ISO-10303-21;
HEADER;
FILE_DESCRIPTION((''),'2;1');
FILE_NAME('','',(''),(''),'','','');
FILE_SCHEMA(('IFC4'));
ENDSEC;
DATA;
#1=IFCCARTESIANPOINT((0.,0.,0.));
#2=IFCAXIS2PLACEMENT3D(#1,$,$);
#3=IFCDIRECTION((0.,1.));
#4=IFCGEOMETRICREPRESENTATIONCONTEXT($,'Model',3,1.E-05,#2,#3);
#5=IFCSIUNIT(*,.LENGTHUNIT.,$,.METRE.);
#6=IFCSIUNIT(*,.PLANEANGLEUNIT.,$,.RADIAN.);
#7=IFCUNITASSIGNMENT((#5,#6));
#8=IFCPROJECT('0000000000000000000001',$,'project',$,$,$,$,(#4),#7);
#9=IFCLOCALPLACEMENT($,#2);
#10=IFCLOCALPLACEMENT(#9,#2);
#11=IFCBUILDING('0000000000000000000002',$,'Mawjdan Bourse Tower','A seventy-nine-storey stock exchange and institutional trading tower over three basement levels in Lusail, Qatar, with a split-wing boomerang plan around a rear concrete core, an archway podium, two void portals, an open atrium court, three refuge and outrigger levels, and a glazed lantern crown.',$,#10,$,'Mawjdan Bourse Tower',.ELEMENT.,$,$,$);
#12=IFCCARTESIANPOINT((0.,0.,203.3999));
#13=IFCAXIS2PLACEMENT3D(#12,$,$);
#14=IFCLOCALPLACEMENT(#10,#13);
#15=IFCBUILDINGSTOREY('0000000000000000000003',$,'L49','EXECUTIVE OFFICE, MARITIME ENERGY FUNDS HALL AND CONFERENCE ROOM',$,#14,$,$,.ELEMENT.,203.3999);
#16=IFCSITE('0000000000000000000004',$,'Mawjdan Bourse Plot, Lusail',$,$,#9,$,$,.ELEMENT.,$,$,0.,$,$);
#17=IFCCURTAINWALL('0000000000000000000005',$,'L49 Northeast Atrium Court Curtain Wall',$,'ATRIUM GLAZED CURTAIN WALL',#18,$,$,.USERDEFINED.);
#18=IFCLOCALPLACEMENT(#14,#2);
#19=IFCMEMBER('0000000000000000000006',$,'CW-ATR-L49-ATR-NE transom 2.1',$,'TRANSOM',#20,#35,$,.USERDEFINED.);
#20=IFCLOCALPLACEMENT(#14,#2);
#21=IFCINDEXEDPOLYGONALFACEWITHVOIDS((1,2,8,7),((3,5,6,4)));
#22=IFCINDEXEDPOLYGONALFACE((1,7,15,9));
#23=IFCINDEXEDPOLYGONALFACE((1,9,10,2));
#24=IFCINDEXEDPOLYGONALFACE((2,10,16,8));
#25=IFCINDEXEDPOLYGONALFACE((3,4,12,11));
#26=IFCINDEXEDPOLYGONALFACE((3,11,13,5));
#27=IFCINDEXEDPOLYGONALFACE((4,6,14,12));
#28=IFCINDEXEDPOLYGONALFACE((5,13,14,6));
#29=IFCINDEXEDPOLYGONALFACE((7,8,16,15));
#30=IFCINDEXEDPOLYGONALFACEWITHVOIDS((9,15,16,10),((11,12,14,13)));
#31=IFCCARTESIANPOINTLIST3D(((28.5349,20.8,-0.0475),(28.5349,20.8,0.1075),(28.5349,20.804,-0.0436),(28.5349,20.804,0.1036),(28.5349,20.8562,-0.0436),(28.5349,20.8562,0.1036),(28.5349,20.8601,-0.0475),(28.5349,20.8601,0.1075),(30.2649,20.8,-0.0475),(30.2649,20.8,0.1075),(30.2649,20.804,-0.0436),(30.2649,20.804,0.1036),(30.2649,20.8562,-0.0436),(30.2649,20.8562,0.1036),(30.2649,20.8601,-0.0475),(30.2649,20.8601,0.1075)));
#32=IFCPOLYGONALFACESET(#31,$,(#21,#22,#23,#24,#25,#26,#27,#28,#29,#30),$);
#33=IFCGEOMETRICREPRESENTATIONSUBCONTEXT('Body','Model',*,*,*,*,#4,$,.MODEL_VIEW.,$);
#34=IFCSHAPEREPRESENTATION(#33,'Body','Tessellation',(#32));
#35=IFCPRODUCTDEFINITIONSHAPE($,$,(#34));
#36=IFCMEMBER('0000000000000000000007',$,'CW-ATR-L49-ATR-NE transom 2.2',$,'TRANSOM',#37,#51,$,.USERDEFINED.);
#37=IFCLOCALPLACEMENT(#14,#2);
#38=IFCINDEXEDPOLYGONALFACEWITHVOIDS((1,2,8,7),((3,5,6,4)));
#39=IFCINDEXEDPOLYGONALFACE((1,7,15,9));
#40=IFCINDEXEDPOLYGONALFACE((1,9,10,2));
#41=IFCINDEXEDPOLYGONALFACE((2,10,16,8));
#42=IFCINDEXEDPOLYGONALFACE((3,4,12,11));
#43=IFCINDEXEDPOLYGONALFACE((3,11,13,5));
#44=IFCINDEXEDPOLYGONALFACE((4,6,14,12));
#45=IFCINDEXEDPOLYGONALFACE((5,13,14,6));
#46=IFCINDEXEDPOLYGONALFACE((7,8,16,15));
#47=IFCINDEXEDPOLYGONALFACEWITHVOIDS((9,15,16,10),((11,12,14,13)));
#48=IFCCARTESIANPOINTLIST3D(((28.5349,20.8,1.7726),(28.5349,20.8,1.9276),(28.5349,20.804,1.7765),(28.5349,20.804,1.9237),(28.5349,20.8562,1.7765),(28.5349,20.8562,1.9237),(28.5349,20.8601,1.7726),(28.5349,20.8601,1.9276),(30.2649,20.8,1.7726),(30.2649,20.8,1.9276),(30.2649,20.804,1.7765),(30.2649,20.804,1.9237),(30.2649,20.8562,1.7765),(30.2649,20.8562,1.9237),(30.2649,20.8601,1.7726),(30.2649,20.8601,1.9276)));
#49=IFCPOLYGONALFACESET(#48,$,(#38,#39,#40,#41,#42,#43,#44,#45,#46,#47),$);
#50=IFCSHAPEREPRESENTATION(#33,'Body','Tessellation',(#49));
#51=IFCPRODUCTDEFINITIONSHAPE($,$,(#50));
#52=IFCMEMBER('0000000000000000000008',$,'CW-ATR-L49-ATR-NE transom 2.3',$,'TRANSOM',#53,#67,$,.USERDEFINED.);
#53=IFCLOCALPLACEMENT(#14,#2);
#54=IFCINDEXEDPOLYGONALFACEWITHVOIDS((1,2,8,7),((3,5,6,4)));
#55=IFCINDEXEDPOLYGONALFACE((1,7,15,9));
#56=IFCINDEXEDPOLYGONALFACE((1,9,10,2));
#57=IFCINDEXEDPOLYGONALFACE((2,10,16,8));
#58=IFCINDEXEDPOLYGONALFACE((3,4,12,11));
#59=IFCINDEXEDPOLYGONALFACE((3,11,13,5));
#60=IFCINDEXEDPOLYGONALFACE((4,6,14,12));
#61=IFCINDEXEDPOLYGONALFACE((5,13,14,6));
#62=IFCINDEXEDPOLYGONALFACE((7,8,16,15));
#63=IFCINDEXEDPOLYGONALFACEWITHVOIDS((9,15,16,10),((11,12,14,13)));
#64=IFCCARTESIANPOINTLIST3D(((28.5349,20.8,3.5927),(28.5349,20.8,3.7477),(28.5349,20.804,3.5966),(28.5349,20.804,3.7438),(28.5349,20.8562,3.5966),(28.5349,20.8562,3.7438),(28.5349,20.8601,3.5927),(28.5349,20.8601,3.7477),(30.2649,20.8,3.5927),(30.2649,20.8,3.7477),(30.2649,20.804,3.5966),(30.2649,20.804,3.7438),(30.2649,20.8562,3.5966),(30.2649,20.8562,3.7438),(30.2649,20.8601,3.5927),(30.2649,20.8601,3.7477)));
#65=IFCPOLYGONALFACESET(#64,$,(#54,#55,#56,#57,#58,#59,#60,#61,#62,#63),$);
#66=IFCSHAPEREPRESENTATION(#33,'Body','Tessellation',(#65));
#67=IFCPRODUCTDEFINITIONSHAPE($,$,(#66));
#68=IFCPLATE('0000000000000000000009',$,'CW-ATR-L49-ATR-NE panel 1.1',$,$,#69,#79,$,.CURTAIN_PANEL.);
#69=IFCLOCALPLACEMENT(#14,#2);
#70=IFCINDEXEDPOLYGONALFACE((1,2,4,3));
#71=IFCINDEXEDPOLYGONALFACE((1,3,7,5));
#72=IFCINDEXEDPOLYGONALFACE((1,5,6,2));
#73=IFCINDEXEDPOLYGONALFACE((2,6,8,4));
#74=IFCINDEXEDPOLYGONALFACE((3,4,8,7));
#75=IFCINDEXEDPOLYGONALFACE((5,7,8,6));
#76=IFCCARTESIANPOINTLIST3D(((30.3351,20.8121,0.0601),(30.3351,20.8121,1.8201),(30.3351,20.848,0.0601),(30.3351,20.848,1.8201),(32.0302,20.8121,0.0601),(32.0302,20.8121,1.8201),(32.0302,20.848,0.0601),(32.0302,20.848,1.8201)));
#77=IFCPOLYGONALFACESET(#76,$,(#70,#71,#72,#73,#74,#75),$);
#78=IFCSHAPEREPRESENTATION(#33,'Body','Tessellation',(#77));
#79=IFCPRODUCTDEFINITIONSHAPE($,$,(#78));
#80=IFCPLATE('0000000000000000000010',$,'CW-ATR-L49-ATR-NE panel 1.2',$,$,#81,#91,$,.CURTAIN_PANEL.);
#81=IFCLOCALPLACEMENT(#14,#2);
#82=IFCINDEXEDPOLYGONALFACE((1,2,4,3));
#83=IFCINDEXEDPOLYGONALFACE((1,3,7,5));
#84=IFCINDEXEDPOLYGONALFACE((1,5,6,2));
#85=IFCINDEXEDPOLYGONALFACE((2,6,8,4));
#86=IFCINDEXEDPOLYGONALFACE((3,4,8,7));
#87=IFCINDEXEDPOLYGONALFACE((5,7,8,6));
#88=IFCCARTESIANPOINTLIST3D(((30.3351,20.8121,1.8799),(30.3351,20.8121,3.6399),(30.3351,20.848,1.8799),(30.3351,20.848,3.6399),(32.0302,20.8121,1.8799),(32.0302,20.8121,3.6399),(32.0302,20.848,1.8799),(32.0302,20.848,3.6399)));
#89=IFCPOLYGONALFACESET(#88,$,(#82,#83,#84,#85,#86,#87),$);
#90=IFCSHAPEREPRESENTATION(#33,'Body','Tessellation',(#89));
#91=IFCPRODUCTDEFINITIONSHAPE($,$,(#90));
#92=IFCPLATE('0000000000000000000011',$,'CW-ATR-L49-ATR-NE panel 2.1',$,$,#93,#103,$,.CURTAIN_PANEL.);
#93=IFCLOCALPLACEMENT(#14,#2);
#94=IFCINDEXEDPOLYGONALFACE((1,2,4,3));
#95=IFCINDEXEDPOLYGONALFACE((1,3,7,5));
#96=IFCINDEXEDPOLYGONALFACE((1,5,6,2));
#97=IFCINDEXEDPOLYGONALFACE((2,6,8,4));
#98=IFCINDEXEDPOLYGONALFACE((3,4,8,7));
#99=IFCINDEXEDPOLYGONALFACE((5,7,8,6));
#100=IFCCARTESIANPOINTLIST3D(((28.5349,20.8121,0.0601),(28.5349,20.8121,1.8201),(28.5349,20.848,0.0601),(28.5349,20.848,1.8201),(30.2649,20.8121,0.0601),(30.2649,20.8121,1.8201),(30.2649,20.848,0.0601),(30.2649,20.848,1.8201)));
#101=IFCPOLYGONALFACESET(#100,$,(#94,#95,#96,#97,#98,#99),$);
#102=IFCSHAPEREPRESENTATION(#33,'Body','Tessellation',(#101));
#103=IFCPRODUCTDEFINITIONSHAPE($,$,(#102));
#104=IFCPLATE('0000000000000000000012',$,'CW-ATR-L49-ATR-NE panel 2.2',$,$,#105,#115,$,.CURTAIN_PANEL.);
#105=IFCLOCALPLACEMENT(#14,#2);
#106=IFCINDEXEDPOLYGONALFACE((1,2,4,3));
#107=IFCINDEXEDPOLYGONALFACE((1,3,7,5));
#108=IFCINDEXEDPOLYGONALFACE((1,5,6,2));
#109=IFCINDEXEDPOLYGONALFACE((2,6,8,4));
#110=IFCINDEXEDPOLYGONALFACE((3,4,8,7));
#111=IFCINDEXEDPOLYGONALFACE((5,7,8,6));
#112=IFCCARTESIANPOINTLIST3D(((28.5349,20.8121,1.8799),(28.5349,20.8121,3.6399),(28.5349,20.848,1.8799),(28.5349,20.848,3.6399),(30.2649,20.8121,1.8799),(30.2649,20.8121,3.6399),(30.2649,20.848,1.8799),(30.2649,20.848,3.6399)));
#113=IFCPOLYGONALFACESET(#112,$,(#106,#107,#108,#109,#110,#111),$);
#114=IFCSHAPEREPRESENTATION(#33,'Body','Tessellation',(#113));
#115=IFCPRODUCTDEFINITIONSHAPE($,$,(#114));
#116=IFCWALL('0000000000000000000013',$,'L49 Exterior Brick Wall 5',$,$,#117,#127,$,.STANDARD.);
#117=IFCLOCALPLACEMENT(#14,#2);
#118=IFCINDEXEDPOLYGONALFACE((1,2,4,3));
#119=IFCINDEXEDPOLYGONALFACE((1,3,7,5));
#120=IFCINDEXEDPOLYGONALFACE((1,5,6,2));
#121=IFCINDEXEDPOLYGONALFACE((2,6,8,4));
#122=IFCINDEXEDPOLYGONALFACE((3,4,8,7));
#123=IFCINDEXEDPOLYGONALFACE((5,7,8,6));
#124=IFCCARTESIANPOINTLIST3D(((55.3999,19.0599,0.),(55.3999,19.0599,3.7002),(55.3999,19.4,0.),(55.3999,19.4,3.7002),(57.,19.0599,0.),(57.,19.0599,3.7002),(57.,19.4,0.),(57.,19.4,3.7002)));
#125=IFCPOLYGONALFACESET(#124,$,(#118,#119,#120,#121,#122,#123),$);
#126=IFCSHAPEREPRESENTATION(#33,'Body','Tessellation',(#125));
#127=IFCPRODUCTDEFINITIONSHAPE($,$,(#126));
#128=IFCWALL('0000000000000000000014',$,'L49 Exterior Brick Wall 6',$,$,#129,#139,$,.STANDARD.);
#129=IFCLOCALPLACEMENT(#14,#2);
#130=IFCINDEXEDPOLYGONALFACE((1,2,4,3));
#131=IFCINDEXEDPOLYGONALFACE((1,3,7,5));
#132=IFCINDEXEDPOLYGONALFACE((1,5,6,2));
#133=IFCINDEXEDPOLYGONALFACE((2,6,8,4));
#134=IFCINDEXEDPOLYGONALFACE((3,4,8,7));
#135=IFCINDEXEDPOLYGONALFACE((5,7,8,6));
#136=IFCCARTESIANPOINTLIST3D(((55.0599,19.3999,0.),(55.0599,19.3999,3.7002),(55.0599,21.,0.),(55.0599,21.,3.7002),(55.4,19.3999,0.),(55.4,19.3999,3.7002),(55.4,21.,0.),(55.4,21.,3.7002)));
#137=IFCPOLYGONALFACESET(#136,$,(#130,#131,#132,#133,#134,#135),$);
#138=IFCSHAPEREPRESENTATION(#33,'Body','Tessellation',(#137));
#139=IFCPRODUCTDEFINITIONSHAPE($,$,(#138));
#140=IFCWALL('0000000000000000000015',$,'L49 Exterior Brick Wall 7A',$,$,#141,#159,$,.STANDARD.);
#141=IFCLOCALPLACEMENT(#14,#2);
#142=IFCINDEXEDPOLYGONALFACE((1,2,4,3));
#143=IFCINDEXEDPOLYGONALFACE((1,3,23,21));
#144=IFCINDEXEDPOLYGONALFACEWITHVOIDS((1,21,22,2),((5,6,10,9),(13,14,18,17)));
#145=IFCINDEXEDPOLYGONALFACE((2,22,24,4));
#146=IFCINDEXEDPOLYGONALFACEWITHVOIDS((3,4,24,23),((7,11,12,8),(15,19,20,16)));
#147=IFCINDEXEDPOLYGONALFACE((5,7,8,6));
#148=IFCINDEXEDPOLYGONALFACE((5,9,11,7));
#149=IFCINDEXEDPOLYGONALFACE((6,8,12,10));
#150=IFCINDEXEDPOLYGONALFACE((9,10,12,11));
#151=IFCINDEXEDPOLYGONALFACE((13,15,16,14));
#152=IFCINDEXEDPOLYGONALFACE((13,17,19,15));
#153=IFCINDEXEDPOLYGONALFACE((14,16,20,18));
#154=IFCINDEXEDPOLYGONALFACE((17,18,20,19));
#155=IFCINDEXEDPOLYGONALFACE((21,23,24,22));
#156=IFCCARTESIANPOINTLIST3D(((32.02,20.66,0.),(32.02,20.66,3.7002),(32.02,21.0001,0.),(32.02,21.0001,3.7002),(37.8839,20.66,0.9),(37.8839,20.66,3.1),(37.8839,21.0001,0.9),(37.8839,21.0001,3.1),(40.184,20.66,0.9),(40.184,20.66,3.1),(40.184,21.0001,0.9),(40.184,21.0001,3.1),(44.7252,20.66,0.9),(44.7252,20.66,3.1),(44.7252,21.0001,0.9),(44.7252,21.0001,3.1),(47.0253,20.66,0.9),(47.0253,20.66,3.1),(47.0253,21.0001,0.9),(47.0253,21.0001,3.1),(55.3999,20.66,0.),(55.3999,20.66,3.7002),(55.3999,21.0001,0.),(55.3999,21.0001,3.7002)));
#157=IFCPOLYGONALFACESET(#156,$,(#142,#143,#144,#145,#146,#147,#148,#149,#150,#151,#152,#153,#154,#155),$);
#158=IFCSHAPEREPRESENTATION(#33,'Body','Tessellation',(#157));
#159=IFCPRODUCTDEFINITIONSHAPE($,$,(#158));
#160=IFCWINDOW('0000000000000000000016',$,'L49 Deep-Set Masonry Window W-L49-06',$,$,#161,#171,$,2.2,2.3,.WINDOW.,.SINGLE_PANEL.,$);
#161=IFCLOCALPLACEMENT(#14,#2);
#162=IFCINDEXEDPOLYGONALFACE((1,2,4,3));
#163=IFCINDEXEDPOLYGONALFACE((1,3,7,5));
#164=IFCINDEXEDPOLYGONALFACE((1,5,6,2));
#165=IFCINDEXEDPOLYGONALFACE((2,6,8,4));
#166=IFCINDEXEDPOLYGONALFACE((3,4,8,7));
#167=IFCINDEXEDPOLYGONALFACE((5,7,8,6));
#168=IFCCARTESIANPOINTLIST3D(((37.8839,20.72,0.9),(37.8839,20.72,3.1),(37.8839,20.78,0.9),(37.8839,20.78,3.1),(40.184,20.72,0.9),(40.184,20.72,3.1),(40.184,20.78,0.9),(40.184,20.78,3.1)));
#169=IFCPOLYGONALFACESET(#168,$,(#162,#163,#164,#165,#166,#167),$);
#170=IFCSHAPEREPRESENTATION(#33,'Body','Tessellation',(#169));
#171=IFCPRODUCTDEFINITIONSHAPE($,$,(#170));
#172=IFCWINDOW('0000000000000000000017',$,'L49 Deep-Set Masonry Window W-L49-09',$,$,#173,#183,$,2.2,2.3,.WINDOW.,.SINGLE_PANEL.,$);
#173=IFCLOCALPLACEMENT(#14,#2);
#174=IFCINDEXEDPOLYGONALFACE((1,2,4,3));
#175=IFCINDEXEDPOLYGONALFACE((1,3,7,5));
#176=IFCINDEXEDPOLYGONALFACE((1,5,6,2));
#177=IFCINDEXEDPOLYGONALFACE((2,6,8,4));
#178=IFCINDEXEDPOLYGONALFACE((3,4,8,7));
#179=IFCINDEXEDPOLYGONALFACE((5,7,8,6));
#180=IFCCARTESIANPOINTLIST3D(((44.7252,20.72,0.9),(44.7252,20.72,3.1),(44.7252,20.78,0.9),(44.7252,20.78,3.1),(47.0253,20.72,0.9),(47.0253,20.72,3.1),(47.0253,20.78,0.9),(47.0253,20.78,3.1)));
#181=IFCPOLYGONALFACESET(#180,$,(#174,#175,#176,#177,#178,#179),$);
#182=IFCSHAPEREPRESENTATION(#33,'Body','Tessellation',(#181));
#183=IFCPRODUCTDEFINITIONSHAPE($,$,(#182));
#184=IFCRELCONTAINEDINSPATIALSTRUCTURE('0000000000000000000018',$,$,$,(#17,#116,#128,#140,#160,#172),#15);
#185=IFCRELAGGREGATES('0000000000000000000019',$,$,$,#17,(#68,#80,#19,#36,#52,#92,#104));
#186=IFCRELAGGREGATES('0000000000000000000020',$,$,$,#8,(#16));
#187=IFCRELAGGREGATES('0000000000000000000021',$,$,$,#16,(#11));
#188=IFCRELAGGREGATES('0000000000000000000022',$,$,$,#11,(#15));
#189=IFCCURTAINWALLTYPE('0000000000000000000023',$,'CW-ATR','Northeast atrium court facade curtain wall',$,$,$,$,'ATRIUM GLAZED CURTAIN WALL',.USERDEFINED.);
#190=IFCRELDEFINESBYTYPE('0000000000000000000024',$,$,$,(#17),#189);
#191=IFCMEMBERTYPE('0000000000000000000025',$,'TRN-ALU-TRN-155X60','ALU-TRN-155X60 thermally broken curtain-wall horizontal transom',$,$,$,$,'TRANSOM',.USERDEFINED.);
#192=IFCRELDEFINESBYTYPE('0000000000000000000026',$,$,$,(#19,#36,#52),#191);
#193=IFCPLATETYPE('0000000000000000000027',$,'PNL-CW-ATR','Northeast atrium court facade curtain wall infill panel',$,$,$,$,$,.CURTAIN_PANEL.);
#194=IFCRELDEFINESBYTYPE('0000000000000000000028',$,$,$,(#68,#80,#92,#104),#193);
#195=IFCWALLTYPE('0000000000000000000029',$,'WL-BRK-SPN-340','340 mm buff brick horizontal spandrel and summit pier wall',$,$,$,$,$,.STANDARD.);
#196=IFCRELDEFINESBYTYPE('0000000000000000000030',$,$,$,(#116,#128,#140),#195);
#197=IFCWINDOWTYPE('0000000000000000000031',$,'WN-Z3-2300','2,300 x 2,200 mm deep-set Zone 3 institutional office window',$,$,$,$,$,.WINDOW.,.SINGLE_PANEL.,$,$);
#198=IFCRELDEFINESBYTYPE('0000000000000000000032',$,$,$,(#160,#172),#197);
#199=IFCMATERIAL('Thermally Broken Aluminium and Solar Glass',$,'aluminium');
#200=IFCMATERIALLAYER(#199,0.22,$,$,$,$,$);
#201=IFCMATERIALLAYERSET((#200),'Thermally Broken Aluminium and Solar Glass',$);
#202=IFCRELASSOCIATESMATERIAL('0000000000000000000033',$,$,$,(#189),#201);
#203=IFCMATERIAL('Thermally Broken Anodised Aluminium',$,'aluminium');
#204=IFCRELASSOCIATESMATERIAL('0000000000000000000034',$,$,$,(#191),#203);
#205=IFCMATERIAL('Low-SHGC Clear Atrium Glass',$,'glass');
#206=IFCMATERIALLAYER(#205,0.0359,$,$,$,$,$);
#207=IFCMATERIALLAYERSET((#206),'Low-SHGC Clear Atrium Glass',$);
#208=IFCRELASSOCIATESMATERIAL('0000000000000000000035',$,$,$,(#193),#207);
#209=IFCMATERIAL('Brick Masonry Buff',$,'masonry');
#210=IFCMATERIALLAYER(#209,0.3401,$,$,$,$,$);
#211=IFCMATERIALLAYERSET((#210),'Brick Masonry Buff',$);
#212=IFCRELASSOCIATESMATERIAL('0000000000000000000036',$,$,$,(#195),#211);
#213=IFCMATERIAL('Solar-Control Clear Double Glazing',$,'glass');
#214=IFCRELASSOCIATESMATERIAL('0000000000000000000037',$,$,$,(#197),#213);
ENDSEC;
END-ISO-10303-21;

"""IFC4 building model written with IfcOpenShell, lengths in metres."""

from ifc_helpers import new_model, si_unit, direction, frame, frame_2d, origin, origin_2d, place, context, subcontext, project, spatial, rectangle, hollow_rectangle, extrude, material, layer, layer_set, material_profile, profile_set, type_object, element, fill, aggregate, save


model = new_model("IFC4")

# Units and contexts
model_context = context("Model", 3, precision=1e-05, world=origin(), true_north=direction((0.0, 1.0)))
body_context = subcontext(model_context, "Body", "Model", "MODEL_VIEW")
ifc_project = project(units=[si_unit("LENGTHUNIT", "METRE"), si_unit("PLANEANGLEUNIT", "RADIAN")], contexts=[model_context])

# Site, building, storey
site_placement = place(None, origin())
site = spatial("IfcSite", under=ifc_project, at=site_placement, Name="Mawjdan Bourse Plot, Lusail", CompositionType="ELEMENT", RefElevation=0.0)
building_placement = place(site_placement, origin())
building = spatial("IfcBuilding", under=site, at=building_placement, Name="Mawjdan Bourse Tower", Description="A seventy-nine-storey stock exchange and institutional trading tower over three basement levels in Lusail, Qatar, with a split-wing boomerang plan around a rear concrete core, an archway podium, two void portals, an open atrium court, three refuge and outrigger levels, and a glazed lantern crown.", LongName="Mawjdan Bourse Tower", CompositionType="ELEMENT")
storey_placement = place(building_placement, frame((0.0, 0.0, 203.3999)))
storey = spatial("IfcBuildingStorey", under=building, at=storey_placement, Name="L49", Description="EXECUTIVE OFFICE, MARITIME ENERGY FUNDS HALL AND CONFERENCE ROOM", CompositionType="ELEMENT", Elevation=203.3999)

# Curtain wall
ifc_material_1 = material(Name="Thermally Broken Aluminium and Solar Glass", Category="aluminium")
ifc_layer_1 = layer(ifc_material_1, 0.22)
ifc_layer_set_1 = layer_set([ifc_layer_1], Name="Thermally Broken Aluminium and Solar Glass")
curtain_wall_type = type_object("IfcCurtainWallType", Name="CW-ATR", Description="Northeast atrium court facade curtain wall", ElementType="ATRIUM GLAZED CURTAIN WALL", PredefinedType="USERDEFINED", material=ifc_layer_set_1)
curtain_wall_placement = place(storey_placement, origin())
curtain_wall = element("IfcCurtainWall", 1, at=curtain_wall_placement, inside=storey, type_object=curtain_wall_type, Name="L49 Northeast Atrium Court Curtain Wall", ObjectType="ATRIUM GLAZED CURTAIN WALL", PredefinedType="USERDEFINED")
ifc_material_2 = material(Name="Thermally Broken Anodised Aluminium", Category="aluminium")

# Members
ifc_material_profile_1 = material_profile(ifc_material_2, hollow_rectangle(XDim=0.0601, YDim=0.155, WallThickness=0.0039, at=origin_2d()), Name="ALU-TRN-155X60")
ifc_profile_set_1 = profile_set([ifc_material_profile_1], Name="Thermally Broken Anodised Aluminium")
member_type_1 = type_object("IfcMemberType", Name="TRN-ALU-TRN-155X60", Description="ALU-TRN-155X60 thermally broken curtain-wall horizontal transom", ElementType="TRANSOM", PredefinedType="USERDEFINED", material=ifc_profile_set_1)
member_1_placement = place(storey_placement, frame((30.2649, 20.8301, 0.03), z_axis=(-1.0, 0.0, 0.0), x_axis=(0.0, -1.0, 0.0)))
member_1 = element("IfcMember", 2, at=member_1_placement, type_object=member_type_1, Name="CW-ATR-L49-ATR-NE transom 2.1", ObjectType="TRANSOM", PredefinedType="USERDEFINED", context=body_context, shape_type="SweptSolid", body=[
    extrude(hollow_rectangle(XDim=0.0601, YDim=0.155, WallThickness=0.0039, at=origin_2d()), origin(), (0.0, 0.0, 1.0), 1.73),
])
member_2_placement = place(storey_placement, frame((30.2649, 20.8301, 1.8501), z_axis=(-1.0, 0.0, 0.0), x_axis=(0.0, -1.0, 0.0)))
member_2 = element("IfcMember", 3, at=member_2_placement, type_object=member_type_1, Name="CW-ATR-L49-ATR-NE transom 2.2", ObjectType="TRANSOM", PredefinedType="USERDEFINED", context=body_context, shape_type="SweptSolid", body=[
    extrude(hollow_rectangle(XDim=0.0601, YDim=0.155, WallThickness=0.0039, at=origin_2d()), origin(), (0.0, 0.0, 1.0), 1.73),
])
member_3_placement = place(storey_placement, frame((30.2649, 20.8301, 3.6702), z_axis=(-1.0, 0.0, 0.0), x_axis=(0.0, -1.0, 0.0)))
member_3 = element("IfcMember", 4, at=member_3_placement, type_object=member_type_1, Name="CW-ATR-L49-ATR-NE transom 2.3", ObjectType="TRANSOM", PredefinedType="USERDEFINED", context=body_context, shape_type="SweptSolid", body=[
    extrude(hollow_rectangle(XDim=0.0601, YDim=0.155, WallThickness=0.0039, at=origin_2d()), origin(), (0.0, 0.0, 1.0), 1.73),
])

# Plates
ifc_material_3 = material(Name="Low-SHGC Clear Atrium Glass", Category="glass")
ifc_layer_2 = layer(ifc_material_3, 0.0359)
ifc_layer_set_2 = layer_set([ifc_layer_2], Name="Low-SHGC Clear Atrium Glass")
plate_type = type_object("IfcPlateType", Name="PNL-CW-ATR", Description="Northeast atrium court facade curtain wall infill panel", PredefinedType="CURTAIN_PANEL", material=ifc_layer_set_2)
plate_1_placement = place(storey_placement, frame((31.1826, 20.8301, 0.0601), z_axis=(0.0, 0.0, 1.0), x_axis=(-1.0, 0.0, 0.0)))
plate_1 = element("IfcPlate", 5, at=plate_1_placement, type_object=plate_type, Name="CW-ATR-L49-ATR-NE panel 1.1", PredefinedType="CURTAIN_PANEL", context=body_context, shape_type="SweptSolid", body=[
    extrude(rectangle(XDim=1.6951, YDim=0.0359, at=origin_2d()), origin(), (0.0, 0.0, 1.0), 1.76),
])
plate_2_placement = place(storey_placement, frame((31.1826, 20.8301, 1.8799), z_axis=(0.0, 0.0, 1.0), x_axis=(-1.0, 0.0, 0.0)))
plate_2 = element("IfcPlate", 6, at=plate_2_placement, type_object=plate_type, Name="CW-ATR-L49-ATR-NE panel 1.2", PredefinedType="CURTAIN_PANEL", context=body_context, shape_type="SweptSolid", body=[
    extrude(rectangle(XDim=1.6951, YDim=0.0359, at=origin_2d()), origin(), (0.0, 0.0, 1.0), 1.76),
])
plate_3_placement = place(storey_placement, frame((29.3999, 20.8301, 0.0601), z_axis=(0.0, 0.0, 1.0), x_axis=(-1.0, 0.0, 0.0)))
plate_3 = element("IfcPlate", 7, at=plate_3_placement, type_object=plate_type, Name="CW-ATR-L49-ATR-NE panel 2.1", PredefinedType="CURTAIN_PANEL", context=body_context, shape_type="SweptSolid", body=[
    extrude(rectangle(XDim=1.73, YDim=0.0359, at=origin_2d()), origin(), (0.0, 0.0, 1.0), 1.76),
])
plate_4_placement = place(storey_placement, frame((29.3999, 20.8301, 1.8799), z_axis=(0.0, 0.0, 1.0), x_axis=(-1.0, 0.0, 0.0)))
plate_4 = element("IfcPlate", 8, at=plate_4_placement, type_object=plate_type, Name="CW-ATR-L49-ATR-NE panel 2.2", PredefinedType="CURTAIN_PANEL", context=body_context, shape_type="SweptSolid", body=[
    extrude(rectangle(XDim=1.73, YDim=0.0359, at=origin_2d()), origin(), (0.0, 0.0, 1.0), 1.76),
])
aggregate(curtain_wall, [plate_1, plate_2, member_1, member_2, member_3, plate_3, plate_4])

# Walls
ifc_material_4 = material(Name="Brick Masonry Buff", Category="masonry")
ifc_layer_3 = layer(ifc_material_4, 0.3401)
ifc_layer_set_3 = layer_set([ifc_layer_3], Name="Brick Masonry Buff")
wall_type_1 = type_object("IfcWallType", Name="WL-BRK-SPN-340", Description="340 mm buff brick horizontal spandrel and summit pier wall", PredefinedType="STANDARD", material=ifc_layer_set_3)
for number, where, z_axis, x_axis, name in (
    (9, (57.0, 19.23, 0.0), (0.0, 0.0, 1.0), (-1.0, 0.0, 0.0), "L49 Exterior Brick Wall 5"),
    (10, (55.23, 19.3999, 0.0), (0.0, 0.0, 1.0), (0.0, 1.0, 0.0), "L49 Exterior Brick Wall 6"),
):
    element("IfcWall", number, at=place(storey_placement, frame(where, z_axis=z_axis, x_axis=x_axis)), inside=storey, type_object=wall_type_1, Name=name, PredefinedType="STANDARD", context=body_context, shape_type="SweptSolid", body=[
        extrude(rectangle(XDim=1.6001, YDim=0.3401, at=frame_2d((0.8, 0.0))), origin(), (0.0, 0.0, 1.0), 3.7002),
    ])

# Wall, openings, windows
wall_1_placement = place(storey_placement, frame((55.3999, 20.8301, 0.0), z_axis=(0.0, 0.0, 1.0), x_axis=(-1.0, 0.0, 0.0)))
wall_1 = element("IfcWall", 11, at=wall_1_placement, inside=storey, type_object=wall_type_1, Name="L49 Exterior Brick Wall 7A", PredefinedType="STANDARD", context=body_context, shape_type="SweptSolid", body=[
    extrude(rectangle(XDim=23.3799, YDim=0.3401, at=frame_2d((11.6899, 0.0))), origin(), (0.0, 0.0, 1.0), 3.7002),
])
opening_1_placement = place(wall_1_placement, frame((15.2161, 0.0, 0.8999)))
opening_1 = element("IfcOpeningElement", 12, at=opening_1_placement, cuts=wall_1, PredefinedType="OPENING", context=body_context, shape_type="SweptSolid", body=[
    extrude(rectangle(XDim=2.3, YDim=2.2, at=frame_2d((1.1499, 1.1001))), frame((0.0, 0.1802, 0.0), z_axis=(0.0, -1.0, 0.0), x_axis=(1.0, 0.0, 0.0)), (0.0, 0.0, 1.0), 0.3601),
])
opening_2_placement = place(wall_1_placement, frame((8.3748, 0.0, 0.8999)))
opening_2 = element("IfcOpeningElement", 13, at=opening_2_placement, cuts=wall_1, PredefinedType="OPENING", context=body_context, shape_type="SweptSolid", body=[
    extrude(rectangle(XDim=2.3, YDim=2.2, at=frame_2d((1.1499, 1.1001))), frame((0.0, 0.1802, 0.0), z_axis=(0.0, -1.0, 0.0), x_axis=(1.0, 0.0, 0.0)), (0.0, 0.0, 1.0), 0.3601),
])
ifc_material_5 = material(Name="Solar-Control Clear Double Glazing", Category="glass")
window_type = type_object("IfcWindowType", Name="WN-Z3-2300", Description="2,300 x 2,200 mm deep-set Zone 3 institutional office window", PartitioningType="SINGLE_PANEL", PredefinedType="WINDOW", material=ifc_material_5)
window_1_placement = place(opening_1_placement, origin())
window_1 = element("IfcWindow", 14, at=window_1_placement, inside=storey, type_object=window_type, Name="L49 Deep-Set Masonry Window W-L49-06", OverallHeight=2.2, OverallWidth=2.3, PartitioningType="SINGLE_PANEL", PredefinedType="WINDOW", context=body_context, shape_type="SweptSolid", body=[
    extrude(rectangle(XDim=2.3, YDim=2.2, at=frame_2d((1.1499, 1.1001))), frame((0.0, 0.1101, 0.0), z_axis=(0.0, -1.0, 0.0), x_axis=(1.0, 0.0, 0.0)), (0.0, 0.0, 1.0), 0.0601),
])
fill(opening_1, window_1)
window_2_placement = place(opening_2_placement, origin())
window_2 = element("IfcWindow", 15, at=window_2_placement, inside=storey, type_object=window_type, Name="L49 Deep-Set Masonry Window W-L49-09", OverallHeight=2.2, OverallWidth=2.3, PartitioningType="SINGLE_PANEL", PredefinedType="WINDOW", context=body_context, shape_type="SweptSolid", body=[
    extrude(rectangle(XDim=2.3, YDim=2.2, at=frame_2d((1.1499, 1.1001))), frame((0.0, 0.1101, 0.0), z_axis=(0.0, -1.0, 0.0), x_axis=(1.0, 0.0, 0.0)), (0.0, 0.0, 1.0), 0.0601),
])
fill(opening_2, window_2)

save(model, "model.ifc")
